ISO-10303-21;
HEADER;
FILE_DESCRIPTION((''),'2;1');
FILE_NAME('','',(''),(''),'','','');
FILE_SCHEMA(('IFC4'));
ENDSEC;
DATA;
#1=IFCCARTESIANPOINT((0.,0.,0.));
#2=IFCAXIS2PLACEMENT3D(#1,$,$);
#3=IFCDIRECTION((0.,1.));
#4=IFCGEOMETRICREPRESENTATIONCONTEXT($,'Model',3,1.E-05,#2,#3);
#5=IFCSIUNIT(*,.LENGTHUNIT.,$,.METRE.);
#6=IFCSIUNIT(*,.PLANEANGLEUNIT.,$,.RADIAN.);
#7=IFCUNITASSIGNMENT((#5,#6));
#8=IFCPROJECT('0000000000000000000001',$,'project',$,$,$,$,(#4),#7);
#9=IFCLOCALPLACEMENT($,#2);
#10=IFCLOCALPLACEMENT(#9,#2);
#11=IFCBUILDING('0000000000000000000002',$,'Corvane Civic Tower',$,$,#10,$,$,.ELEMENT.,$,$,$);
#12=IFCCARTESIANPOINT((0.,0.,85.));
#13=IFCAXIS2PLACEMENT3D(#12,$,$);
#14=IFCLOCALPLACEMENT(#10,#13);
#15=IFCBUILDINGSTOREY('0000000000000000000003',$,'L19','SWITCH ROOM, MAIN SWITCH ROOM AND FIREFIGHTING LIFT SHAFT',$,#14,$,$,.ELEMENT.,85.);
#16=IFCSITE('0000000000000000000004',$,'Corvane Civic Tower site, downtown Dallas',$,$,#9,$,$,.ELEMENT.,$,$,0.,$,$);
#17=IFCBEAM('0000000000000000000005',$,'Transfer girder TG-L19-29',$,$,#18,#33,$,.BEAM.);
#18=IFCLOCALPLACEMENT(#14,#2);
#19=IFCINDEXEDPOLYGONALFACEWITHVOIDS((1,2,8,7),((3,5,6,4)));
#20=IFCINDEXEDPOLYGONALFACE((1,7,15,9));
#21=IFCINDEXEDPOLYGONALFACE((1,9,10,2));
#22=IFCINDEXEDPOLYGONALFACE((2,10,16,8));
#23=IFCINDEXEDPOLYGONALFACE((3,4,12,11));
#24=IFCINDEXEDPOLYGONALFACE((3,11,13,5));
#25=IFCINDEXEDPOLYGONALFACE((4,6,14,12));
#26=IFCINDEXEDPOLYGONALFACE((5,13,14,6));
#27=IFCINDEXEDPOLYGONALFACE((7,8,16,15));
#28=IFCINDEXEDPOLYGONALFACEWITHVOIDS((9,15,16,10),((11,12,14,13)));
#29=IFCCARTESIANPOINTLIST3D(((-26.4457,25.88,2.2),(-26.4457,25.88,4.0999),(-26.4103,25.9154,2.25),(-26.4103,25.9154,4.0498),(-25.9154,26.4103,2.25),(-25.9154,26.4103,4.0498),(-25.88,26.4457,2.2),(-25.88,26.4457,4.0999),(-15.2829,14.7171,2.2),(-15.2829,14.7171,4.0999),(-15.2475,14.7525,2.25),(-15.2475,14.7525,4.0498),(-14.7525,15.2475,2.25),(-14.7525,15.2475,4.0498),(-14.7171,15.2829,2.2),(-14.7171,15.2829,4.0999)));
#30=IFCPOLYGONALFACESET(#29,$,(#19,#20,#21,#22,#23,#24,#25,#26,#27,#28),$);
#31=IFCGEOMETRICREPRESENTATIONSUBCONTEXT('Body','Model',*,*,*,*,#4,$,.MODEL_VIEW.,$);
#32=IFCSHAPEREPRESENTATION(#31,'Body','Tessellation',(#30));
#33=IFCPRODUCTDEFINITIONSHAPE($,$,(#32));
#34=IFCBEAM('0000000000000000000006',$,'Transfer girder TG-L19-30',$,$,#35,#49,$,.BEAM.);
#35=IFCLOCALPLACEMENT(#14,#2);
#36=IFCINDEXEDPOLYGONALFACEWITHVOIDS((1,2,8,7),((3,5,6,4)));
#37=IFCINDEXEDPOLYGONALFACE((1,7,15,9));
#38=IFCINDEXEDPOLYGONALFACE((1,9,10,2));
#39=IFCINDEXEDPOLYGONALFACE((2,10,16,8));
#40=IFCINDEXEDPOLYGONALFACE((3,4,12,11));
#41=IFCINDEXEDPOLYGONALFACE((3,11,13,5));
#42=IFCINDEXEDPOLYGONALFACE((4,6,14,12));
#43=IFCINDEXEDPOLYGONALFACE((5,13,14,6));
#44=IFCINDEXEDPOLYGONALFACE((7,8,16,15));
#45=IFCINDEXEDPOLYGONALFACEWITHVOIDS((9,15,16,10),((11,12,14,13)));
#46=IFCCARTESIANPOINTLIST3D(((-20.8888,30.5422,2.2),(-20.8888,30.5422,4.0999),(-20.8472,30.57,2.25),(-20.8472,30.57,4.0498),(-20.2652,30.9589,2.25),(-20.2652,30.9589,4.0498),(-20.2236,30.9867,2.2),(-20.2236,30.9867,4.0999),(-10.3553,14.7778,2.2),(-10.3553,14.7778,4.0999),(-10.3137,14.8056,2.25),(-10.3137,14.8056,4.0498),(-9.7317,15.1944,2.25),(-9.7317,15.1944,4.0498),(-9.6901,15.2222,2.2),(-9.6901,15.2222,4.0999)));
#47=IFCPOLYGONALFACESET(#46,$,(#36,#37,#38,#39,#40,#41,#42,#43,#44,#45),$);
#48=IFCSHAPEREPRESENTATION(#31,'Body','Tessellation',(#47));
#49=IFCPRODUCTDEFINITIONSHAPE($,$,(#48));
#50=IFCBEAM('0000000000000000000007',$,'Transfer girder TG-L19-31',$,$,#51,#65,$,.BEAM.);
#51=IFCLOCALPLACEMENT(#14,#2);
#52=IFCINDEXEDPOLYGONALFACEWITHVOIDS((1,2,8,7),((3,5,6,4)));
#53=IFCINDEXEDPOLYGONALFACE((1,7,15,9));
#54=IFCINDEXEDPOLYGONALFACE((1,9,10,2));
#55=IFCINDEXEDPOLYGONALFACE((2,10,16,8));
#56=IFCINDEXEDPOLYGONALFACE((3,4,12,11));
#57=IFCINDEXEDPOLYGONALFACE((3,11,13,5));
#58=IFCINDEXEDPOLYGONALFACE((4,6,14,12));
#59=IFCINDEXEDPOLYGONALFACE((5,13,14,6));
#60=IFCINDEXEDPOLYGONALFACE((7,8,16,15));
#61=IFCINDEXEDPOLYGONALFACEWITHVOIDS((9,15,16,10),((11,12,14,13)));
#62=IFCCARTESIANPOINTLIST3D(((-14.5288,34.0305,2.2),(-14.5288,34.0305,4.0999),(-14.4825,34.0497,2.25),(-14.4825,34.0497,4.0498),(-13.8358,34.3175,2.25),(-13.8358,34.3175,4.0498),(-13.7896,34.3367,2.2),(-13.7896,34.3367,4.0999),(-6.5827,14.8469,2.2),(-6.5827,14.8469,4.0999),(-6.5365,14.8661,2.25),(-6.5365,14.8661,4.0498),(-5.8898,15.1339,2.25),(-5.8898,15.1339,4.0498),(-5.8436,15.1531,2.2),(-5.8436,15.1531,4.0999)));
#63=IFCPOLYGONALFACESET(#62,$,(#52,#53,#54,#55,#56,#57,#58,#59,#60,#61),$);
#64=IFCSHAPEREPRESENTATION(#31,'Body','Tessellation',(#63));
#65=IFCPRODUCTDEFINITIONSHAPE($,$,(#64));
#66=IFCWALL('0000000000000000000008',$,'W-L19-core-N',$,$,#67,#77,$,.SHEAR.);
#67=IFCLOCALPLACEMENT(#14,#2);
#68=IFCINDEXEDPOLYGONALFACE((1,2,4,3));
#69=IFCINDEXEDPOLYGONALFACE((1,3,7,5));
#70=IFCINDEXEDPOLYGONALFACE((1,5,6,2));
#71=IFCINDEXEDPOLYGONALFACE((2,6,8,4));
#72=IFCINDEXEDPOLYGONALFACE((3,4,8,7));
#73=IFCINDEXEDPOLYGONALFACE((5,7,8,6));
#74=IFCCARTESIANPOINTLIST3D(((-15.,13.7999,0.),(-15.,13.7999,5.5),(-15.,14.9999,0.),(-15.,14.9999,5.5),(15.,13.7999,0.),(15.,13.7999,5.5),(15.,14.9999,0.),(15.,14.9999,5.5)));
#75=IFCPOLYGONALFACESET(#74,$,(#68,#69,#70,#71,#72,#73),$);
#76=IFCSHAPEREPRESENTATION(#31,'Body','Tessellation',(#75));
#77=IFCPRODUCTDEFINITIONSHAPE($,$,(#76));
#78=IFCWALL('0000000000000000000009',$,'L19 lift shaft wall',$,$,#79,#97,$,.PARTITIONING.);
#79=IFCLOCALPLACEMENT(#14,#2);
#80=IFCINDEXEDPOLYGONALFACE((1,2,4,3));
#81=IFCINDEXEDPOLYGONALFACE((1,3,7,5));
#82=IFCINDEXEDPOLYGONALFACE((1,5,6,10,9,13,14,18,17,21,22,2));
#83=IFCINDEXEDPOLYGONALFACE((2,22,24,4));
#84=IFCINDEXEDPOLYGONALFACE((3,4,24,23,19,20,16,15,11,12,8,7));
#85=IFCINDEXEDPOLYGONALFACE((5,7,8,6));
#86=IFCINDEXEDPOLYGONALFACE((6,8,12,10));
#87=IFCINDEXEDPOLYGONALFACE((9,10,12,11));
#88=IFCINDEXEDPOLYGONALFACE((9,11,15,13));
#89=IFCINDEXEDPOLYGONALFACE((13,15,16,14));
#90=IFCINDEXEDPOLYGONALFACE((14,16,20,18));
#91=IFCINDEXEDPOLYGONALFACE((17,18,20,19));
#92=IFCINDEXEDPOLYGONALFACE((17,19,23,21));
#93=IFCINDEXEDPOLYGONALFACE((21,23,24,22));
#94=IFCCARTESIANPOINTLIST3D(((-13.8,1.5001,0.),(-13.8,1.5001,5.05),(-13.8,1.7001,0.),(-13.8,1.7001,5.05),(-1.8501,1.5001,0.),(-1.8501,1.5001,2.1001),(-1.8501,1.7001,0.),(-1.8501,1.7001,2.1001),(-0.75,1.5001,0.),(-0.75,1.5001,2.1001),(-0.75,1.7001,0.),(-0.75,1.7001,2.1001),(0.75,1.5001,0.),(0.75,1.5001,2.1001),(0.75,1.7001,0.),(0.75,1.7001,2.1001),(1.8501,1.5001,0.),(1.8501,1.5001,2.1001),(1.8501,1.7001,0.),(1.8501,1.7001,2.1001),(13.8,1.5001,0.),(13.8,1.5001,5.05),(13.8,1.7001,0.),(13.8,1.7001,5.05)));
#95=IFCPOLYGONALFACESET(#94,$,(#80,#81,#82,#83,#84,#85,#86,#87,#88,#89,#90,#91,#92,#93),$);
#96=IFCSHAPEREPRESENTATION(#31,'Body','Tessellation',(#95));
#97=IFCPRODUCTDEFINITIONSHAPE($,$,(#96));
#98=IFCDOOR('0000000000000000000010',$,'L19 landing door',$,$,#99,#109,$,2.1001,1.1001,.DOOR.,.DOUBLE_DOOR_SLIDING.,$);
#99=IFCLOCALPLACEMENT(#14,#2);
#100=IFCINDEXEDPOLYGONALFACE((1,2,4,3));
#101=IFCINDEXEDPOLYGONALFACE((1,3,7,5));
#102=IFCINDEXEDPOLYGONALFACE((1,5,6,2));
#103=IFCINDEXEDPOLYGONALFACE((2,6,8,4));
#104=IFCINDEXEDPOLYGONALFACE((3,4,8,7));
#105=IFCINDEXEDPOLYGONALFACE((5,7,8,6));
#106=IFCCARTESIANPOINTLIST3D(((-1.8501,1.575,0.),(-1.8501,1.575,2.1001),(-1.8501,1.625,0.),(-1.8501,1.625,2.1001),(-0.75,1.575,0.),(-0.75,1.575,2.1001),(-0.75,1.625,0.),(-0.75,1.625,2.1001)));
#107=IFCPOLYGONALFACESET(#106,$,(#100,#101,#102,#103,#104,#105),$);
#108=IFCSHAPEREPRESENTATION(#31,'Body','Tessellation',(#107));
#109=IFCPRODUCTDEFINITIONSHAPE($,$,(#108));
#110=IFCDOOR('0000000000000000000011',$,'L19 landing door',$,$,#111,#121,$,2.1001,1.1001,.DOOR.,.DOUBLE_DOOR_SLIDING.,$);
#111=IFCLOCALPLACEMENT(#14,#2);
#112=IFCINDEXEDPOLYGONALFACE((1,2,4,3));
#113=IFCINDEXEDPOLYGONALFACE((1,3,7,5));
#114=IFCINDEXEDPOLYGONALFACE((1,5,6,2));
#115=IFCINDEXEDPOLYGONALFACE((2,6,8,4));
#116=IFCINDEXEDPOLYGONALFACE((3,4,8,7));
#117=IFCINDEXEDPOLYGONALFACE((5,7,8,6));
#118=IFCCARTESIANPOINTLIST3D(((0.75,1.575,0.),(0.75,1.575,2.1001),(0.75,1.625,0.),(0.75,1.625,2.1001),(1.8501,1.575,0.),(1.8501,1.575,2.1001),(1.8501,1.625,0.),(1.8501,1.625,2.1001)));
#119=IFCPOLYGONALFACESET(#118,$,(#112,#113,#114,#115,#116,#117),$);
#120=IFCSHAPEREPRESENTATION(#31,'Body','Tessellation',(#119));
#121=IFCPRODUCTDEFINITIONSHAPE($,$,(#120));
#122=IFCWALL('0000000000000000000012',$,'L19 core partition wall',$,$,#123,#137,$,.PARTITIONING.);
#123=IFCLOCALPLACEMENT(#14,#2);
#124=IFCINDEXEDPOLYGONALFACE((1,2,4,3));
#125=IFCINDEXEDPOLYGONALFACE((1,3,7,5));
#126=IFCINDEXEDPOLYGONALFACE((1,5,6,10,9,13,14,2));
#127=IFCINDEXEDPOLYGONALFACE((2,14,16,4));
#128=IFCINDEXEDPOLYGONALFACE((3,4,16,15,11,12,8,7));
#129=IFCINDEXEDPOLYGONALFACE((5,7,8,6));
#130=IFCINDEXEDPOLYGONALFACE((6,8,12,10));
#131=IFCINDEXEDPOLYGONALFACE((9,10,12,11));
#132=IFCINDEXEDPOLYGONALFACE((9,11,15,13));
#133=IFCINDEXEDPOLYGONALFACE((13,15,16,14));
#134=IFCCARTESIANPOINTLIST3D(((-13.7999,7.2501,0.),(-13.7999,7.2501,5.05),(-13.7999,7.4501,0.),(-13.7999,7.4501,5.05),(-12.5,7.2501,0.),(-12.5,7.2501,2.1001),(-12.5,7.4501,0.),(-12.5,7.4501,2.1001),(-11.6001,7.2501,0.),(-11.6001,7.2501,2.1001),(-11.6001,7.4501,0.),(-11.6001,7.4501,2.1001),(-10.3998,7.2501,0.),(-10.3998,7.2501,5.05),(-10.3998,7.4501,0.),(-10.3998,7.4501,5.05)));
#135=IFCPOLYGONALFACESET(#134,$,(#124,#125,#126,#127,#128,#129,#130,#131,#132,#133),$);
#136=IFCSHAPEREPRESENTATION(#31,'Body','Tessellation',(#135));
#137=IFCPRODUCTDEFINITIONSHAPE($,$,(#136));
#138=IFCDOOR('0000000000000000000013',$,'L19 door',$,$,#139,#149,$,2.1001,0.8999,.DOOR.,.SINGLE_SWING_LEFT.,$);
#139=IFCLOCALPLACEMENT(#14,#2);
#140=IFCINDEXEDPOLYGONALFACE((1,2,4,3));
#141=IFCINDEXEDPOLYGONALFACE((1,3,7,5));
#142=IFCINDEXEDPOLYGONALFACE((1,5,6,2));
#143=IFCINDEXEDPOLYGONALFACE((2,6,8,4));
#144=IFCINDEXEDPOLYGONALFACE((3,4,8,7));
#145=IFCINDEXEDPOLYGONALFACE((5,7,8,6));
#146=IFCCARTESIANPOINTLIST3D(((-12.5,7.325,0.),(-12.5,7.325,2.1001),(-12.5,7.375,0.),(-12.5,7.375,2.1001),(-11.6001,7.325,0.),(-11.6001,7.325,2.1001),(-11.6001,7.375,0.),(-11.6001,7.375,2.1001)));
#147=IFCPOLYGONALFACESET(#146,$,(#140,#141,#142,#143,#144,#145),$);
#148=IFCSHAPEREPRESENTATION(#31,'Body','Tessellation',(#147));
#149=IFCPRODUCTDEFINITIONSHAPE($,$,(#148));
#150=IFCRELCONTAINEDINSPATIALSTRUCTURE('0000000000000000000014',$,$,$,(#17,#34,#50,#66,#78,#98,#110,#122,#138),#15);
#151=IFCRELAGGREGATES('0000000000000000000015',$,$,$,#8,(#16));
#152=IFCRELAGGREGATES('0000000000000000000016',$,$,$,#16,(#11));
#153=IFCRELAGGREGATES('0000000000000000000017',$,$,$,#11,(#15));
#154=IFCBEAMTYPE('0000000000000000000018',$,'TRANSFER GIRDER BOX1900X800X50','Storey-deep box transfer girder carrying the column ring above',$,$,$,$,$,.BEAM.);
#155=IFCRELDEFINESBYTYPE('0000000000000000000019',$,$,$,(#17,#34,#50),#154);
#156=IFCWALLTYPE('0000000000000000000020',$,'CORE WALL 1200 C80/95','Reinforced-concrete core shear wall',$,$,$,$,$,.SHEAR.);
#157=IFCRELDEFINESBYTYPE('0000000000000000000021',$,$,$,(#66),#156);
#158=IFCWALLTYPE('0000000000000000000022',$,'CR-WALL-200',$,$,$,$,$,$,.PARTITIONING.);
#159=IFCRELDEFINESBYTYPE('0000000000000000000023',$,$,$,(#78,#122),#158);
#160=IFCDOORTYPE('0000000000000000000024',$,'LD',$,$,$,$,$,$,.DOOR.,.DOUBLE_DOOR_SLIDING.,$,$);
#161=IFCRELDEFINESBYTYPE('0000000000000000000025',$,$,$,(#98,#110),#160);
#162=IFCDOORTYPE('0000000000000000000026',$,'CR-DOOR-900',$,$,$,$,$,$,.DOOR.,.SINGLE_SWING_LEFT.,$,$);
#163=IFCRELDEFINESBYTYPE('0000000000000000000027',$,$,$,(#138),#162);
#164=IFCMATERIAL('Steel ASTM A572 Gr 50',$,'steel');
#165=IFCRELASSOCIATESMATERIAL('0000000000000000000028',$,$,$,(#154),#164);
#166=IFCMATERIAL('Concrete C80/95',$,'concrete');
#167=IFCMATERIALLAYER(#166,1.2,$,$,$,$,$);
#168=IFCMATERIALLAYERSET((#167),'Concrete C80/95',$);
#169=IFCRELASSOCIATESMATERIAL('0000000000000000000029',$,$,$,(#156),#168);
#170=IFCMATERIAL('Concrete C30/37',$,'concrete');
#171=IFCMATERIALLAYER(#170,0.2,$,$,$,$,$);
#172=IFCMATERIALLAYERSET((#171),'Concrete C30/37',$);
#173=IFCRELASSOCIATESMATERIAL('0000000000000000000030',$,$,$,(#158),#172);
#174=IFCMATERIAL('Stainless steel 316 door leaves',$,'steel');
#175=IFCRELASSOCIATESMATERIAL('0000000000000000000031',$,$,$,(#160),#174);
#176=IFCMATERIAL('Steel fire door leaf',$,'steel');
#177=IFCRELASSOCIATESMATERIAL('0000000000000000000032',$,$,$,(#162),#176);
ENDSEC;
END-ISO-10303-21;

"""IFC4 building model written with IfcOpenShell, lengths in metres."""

from ifc_helpers import new_model, si_unit, direction, frame, frame_2d, origin, origin_2d, place, context, subcontext, project, spatial, rectangle, hollow_rectangle, extrude, material, layer, layer_set, material_profile, profile_set, type_object, element, fill, save


model = new_model("IFC4")

# Units and contexts
model_context = context("Model", 3, precision=1e-05, world=origin(), true_north=direction((0.0, 1.0)))
body_context = subcontext(model_context, "Body", "Model", "MODEL_VIEW")
ifc_project = project(units=[si_unit("LENGTHUNIT", "METRE"), si_unit("PLANEANGLEUNIT", "RADIAN")], contexts=[model_context])

# Site, building, storey
site_placement = place(None, origin())
site = spatial("IfcSite", under=ifc_project, at=site_placement, Name="Corvane Civic Tower site, downtown Dallas", CompositionType="ELEMENT", RefElevation=0.0)
building_placement = place(site_placement, origin())
building = spatial("IfcBuilding", under=site, at=building_placement, Name="Corvane Civic Tower", CompositionType="ELEMENT")
storey_placement = place(building_placement, frame((0.0, 0.0, 85.0)))
storey = spatial("IfcBuildingStorey", under=building, at=storey_placement, Name="L19", Description="SWITCH ROOM, MAIN SWITCH ROOM AND FIREFIGHTING LIFT SHAFT", CompositionType="ELEMENT", Elevation=85.0)

# Beams
ifc_material_1 = material(Name="Steel ASTM A572 Gr 50", Category="steel")
ifc_material_profile_1 = material_profile(ifc_material_1, hollow_rectangle(XDim=0.8, YDim=1.8999, WallThickness=0.05, at=origin_2d()), Name="BOX1900X800X50")
ifc_profile_set_1 = profile_set([ifc_material_profile_1], Name="Steel ASTM A572 Gr 50")
beam_type_1 = type_object("IfcBeamType", Name="TRANSFER GIRDER BOX1900X800X50", Description="Storey-deep box transfer girder carrying the column ring above", PredefinedType="BEAM", material=ifc_profile_set_1)
beam_1_placement = place(storey_placement, frame((-15.0, 15.0, 3.1499), z_axis=(-0.707107, 0.707107, 0.0), x_axis=(-0.707107, -0.707107, 0.0)))
element("IfcBeam", 1, at=beam_1_placement, inside=storey, type_object=beam_type_1, Name="Transfer girder TG-L19-29", PredefinedType="BEAM", context=body_context, shape_type="SweptSolid", body=[
    extrude(hollow_rectangle(XDim=0.8, YDim=1.8999, WallThickness=0.05, at=origin_2d()), origin(), (0.0, 0.0, 1.0), 15.7866),
])
beam_2_placement = place(storey_placement, frame((-10.0227, 15.0, 3.1499), z_axis=(-0.555571, 0.831469, 0.0), x_axis=(-0.831469, -0.555571, 0.0)))
element("IfcBeam", 2, at=beam_2_placement, inside=storey, type_object=beam_type_1, Name="Transfer girder TG-L19-30", PredefinedType="BEAM", context=body_context, shape_type="SweptSolid", body=[
    extrude(hollow_rectangle(XDim=0.8, YDim=1.8999, WallThickness=0.05, at=origin_2d()), origin(), (0.0, 0.0, 1.0), 18.9597),
])
beam_3_placement = place(storey_placement, frame((-6.2131, 15.0, 3.1499), z_axis=(-0.382681, 0.923881, 0.0), x_axis=(-0.923881, -0.382681, 0.0)))
element("IfcBeam", 3, at=beam_3_placement, inside=storey, type_object=beam_type_1, Name="Transfer girder TG-L19-31", PredefinedType="BEAM", context=body_context, shape_type="SweptSolid", body=[
    extrude(hollow_rectangle(XDim=0.8, YDim=1.8999, WallThickness=0.05, at=origin_2d()), origin(), (0.0, 0.0, 1.0), 20.7642),
])

# Wall
ifc_material_2 = material(Name="Concrete C80/95", Category="concrete")
ifc_layer_1 = layer(ifc_material_2, 1.2)
ifc_layer_set_1 = layer_set([ifc_layer_1], Name="Concrete C80/95")
wall_type_1 = type_object("IfcWallType", Name="CORE WALL 1200 C80/95", Description="Reinforced-concrete core shear wall", PredefinedType="SHEAR", material=ifc_layer_set_1)
wall_1_placement = place(storey_placement, frame((-15.0, 14.3999, 0.0), z_axis=(0.0, 0.0, 1.0), x_axis=(1.0, 0.0, 0.0)))
element("IfcWall", 4, at=wall_1_placement, inside=storey, type_object=wall_type_1, Name="W-L19-core-N", PredefinedType="SHEAR", context=body_context, shape_type="SweptSolid", body=[
    extrude(rectangle(XDim=30.0, YDim=1.2, at=frame_2d((15.0, 0.0))), origin(), (0.0, 0.0, 1.0), 5.5),
])

# Wall, openings, doors
ifc_material_3 = material(Name="Concrete C30/37", Category="concrete")
ifc_layer_2 = layer(ifc_material_3, 0.2)
ifc_layer_set_2 = layer_set([ifc_layer_2], Name="Concrete C30/37")
wall_type_2 = type_object("IfcWallType", Name="CR-WALL-200", PredefinedType="PARTITIONING", material=ifc_layer_set_2)
wall_2_placement = place(storey_placement, frame((-13.8, 1.6001, 0.0), z_axis=(0.0, 0.0, 1.0), x_axis=(1.0, 0.0, 0.0)))
wall_2 = element("IfcWall", 5, at=wall_2_placement, inside=storey, type_object=wall_type_2, Name="L19 lift shaft wall", PredefinedType="PARTITIONING", context=body_context, shape_type="SweptSolid", body=[
    extrude(rectangle(XDim=27.6001, YDim=0.2, at=frame_2d((13.8, 0.0))), origin(), (0.0, 0.0, 1.0), 5.05),
])
opening_1_placement = place(wall_2_placement, frame((11.95, 0.0, 0.0)))
opening_1 = element("IfcOpeningElement", 6, at=opening_1_placement, cuts=wall_2, PredefinedType="OPENING", context=body_context, shape_type="SweptSolid", body=[
    extrude(rectangle(XDim=1.1001, YDim=2.1001, at=frame_2d((0.55, 1.05))), frame((0.0, 0.1099, 0.0), z_axis=(0.0, -1.0, 0.0), x_axis=(1.0, 0.0, 0.0)), (0.0, 0.0, 1.0), 0.22),
])
opening_2_placement = place(wall_2_placement, frame((14.55, 0.0, 0.0)))
opening_2 = element("IfcOpeningElement", 7, at=opening_2_placement, cuts=wall_2, PredefinedType="OPENING", context=body_context, shape_type="SweptSolid", body=[
    extrude(rectangle(XDim=1.1001, YDim=2.1001, at=frame_2d((0.55, 1.05))), frame((0.0, 0.1099, 0.0), z_axis=(0.0, -1.0, 0.0), x_axis=(1.0, 0.0, 0.0)), (0.0, 0.0, 1.0), 0.22),
])
ifc_material_4 = material(Name="Stainless steel 316 door leaves", Category="steel")
door_type_1 = type_object("IfcDoorType", Name="LD", OperationType="DOUBLE_DOOR_SLIDING", PredefinedType="DOOR", material=ifc_material_4)
door_1_placement = place(opening_1_placement, origin())
door_1 = element("IfcDoor", 8, at=door_1_placement, inside=storey, type_object=door_type_1, Name="L19 landing door", OperationType="DOUBLE_DOOR_SLIDING", OverallHeight=2.1001, OverallWidth=1.1001, PredefinedType="DOOR", context=body_context, shape_type="SweptSolid", body=[
    extrude(rectangle(XDim=1.1001, YDim=2.1001, at=frame_2d((0.55, 1.05))), frame((0.0, 0.0249, 0.0), z_axis=(0.0, -1.0, 0.0), x_axis=(1.0, 0.0, 0.0)), (0.0, 0.0, 1.0), 0.05),
])
fill(opening_1, door_1)
door_2_placement = place(opening_2_placement, origin())
door_2 = element("IfcDoor", 9, at=door_2_placement, inside=storey, type_object=door_type_1, Name="L19 landing door", OperationType="DOUBLE_DOOR_SLIDING", OverallHeight=2.1001, OverallWidth=1.1001, PredefinedType="DOOR", context=body_context, shape_type="SweptSolid", body=[
    extrude(rectangle(XDim=1.1001, YDim=2.1001, at=frame_2d((0.55, 1.05))), frame((0.0, 0.0249, 0.0), z_axis=(0.0, -1.0, 0.0), x_axis=(1.0, 0.0, 0.0)), (0.0, 0.0, 1.0), 0.05),
])
fill(opening_2, door_2)

# Wall, opening, door
wall_3_placement = place(storey_placement, frame((-13.8, 7.3501, 0.0), z_axis=(0.0, 0.0, 1.0), x_axis=(1.0, 0.0, 0.0)))
wall_3 = element("IfcWall", 10, at=wall_3_placement, inside=storey, type_object=wall_type_2, Name="L19 core partition wall", PredefinedType="PARTITIONING", context=body_context, shape_type="SweptSolid", body=[
    extrude(rectangle(XDim=3.4001, YDim=0.2, at=frame_2d((1.7002, 0.0))), origin(), (0.0, 0.0, 1.0), 5.05),
])
opening_3_placement = place(wall_3_placement, frame((1.3, 0.0, 0.0)))
opening_3 = element("IfcOpeningElement", 11, at=opening_3_placement, cuts=wall_3, PredefinedType="OPENING", context=body_context, shape_type="SweptSolid", body=[
    extrude(rectangle(XDim=0.8999, YDim=2.1001, at=frame_2d((0.45, 1.05))), frame((0.0, 0.1099, 0.0), z_axis=(0.0, -1.0, 0.0), x_axis=(1.0, 0.0, 0.0)), (0.0, 0.0, 1.0), 0.22),
])
ifc_material_5 = material(Name="Steel fire door leaf", Category="steel")
door_type_2 = type_object("IfcDoorType", Name="CR-DOOR-900", OperationType="SINGLE_SWING_LEFT", PredefinedType="DOOR", material=ifc_material_5)
door_3_placement = place(opening_3_placement, origin())
door_3 = element("IfcDoor", 12, at=door_3_placement, inside=storey, type_object=door_type_2, Name="L19 door", OperationType="SINGLE_SWING_LEFT", OverallHeight=2.1001, OverallWidth=0.8999, PredefinedType="DOOR", context=body_context, shape_type="SweptSolid", body=[
    extrude(rectangle(XDim=0.8999, YDim=2.1001, at=frame_2d((0.45, 1.05))), frame((0.0, 0.0249, 0.0), z_axis=(0.0, -1.0, 0.0), x_axis=(1.0, 0.0, 0.0)), (0.0, 0.0, 1.0), 0.05),
])
fill(opening_3, door_3)

save(model, "model.ifc")
